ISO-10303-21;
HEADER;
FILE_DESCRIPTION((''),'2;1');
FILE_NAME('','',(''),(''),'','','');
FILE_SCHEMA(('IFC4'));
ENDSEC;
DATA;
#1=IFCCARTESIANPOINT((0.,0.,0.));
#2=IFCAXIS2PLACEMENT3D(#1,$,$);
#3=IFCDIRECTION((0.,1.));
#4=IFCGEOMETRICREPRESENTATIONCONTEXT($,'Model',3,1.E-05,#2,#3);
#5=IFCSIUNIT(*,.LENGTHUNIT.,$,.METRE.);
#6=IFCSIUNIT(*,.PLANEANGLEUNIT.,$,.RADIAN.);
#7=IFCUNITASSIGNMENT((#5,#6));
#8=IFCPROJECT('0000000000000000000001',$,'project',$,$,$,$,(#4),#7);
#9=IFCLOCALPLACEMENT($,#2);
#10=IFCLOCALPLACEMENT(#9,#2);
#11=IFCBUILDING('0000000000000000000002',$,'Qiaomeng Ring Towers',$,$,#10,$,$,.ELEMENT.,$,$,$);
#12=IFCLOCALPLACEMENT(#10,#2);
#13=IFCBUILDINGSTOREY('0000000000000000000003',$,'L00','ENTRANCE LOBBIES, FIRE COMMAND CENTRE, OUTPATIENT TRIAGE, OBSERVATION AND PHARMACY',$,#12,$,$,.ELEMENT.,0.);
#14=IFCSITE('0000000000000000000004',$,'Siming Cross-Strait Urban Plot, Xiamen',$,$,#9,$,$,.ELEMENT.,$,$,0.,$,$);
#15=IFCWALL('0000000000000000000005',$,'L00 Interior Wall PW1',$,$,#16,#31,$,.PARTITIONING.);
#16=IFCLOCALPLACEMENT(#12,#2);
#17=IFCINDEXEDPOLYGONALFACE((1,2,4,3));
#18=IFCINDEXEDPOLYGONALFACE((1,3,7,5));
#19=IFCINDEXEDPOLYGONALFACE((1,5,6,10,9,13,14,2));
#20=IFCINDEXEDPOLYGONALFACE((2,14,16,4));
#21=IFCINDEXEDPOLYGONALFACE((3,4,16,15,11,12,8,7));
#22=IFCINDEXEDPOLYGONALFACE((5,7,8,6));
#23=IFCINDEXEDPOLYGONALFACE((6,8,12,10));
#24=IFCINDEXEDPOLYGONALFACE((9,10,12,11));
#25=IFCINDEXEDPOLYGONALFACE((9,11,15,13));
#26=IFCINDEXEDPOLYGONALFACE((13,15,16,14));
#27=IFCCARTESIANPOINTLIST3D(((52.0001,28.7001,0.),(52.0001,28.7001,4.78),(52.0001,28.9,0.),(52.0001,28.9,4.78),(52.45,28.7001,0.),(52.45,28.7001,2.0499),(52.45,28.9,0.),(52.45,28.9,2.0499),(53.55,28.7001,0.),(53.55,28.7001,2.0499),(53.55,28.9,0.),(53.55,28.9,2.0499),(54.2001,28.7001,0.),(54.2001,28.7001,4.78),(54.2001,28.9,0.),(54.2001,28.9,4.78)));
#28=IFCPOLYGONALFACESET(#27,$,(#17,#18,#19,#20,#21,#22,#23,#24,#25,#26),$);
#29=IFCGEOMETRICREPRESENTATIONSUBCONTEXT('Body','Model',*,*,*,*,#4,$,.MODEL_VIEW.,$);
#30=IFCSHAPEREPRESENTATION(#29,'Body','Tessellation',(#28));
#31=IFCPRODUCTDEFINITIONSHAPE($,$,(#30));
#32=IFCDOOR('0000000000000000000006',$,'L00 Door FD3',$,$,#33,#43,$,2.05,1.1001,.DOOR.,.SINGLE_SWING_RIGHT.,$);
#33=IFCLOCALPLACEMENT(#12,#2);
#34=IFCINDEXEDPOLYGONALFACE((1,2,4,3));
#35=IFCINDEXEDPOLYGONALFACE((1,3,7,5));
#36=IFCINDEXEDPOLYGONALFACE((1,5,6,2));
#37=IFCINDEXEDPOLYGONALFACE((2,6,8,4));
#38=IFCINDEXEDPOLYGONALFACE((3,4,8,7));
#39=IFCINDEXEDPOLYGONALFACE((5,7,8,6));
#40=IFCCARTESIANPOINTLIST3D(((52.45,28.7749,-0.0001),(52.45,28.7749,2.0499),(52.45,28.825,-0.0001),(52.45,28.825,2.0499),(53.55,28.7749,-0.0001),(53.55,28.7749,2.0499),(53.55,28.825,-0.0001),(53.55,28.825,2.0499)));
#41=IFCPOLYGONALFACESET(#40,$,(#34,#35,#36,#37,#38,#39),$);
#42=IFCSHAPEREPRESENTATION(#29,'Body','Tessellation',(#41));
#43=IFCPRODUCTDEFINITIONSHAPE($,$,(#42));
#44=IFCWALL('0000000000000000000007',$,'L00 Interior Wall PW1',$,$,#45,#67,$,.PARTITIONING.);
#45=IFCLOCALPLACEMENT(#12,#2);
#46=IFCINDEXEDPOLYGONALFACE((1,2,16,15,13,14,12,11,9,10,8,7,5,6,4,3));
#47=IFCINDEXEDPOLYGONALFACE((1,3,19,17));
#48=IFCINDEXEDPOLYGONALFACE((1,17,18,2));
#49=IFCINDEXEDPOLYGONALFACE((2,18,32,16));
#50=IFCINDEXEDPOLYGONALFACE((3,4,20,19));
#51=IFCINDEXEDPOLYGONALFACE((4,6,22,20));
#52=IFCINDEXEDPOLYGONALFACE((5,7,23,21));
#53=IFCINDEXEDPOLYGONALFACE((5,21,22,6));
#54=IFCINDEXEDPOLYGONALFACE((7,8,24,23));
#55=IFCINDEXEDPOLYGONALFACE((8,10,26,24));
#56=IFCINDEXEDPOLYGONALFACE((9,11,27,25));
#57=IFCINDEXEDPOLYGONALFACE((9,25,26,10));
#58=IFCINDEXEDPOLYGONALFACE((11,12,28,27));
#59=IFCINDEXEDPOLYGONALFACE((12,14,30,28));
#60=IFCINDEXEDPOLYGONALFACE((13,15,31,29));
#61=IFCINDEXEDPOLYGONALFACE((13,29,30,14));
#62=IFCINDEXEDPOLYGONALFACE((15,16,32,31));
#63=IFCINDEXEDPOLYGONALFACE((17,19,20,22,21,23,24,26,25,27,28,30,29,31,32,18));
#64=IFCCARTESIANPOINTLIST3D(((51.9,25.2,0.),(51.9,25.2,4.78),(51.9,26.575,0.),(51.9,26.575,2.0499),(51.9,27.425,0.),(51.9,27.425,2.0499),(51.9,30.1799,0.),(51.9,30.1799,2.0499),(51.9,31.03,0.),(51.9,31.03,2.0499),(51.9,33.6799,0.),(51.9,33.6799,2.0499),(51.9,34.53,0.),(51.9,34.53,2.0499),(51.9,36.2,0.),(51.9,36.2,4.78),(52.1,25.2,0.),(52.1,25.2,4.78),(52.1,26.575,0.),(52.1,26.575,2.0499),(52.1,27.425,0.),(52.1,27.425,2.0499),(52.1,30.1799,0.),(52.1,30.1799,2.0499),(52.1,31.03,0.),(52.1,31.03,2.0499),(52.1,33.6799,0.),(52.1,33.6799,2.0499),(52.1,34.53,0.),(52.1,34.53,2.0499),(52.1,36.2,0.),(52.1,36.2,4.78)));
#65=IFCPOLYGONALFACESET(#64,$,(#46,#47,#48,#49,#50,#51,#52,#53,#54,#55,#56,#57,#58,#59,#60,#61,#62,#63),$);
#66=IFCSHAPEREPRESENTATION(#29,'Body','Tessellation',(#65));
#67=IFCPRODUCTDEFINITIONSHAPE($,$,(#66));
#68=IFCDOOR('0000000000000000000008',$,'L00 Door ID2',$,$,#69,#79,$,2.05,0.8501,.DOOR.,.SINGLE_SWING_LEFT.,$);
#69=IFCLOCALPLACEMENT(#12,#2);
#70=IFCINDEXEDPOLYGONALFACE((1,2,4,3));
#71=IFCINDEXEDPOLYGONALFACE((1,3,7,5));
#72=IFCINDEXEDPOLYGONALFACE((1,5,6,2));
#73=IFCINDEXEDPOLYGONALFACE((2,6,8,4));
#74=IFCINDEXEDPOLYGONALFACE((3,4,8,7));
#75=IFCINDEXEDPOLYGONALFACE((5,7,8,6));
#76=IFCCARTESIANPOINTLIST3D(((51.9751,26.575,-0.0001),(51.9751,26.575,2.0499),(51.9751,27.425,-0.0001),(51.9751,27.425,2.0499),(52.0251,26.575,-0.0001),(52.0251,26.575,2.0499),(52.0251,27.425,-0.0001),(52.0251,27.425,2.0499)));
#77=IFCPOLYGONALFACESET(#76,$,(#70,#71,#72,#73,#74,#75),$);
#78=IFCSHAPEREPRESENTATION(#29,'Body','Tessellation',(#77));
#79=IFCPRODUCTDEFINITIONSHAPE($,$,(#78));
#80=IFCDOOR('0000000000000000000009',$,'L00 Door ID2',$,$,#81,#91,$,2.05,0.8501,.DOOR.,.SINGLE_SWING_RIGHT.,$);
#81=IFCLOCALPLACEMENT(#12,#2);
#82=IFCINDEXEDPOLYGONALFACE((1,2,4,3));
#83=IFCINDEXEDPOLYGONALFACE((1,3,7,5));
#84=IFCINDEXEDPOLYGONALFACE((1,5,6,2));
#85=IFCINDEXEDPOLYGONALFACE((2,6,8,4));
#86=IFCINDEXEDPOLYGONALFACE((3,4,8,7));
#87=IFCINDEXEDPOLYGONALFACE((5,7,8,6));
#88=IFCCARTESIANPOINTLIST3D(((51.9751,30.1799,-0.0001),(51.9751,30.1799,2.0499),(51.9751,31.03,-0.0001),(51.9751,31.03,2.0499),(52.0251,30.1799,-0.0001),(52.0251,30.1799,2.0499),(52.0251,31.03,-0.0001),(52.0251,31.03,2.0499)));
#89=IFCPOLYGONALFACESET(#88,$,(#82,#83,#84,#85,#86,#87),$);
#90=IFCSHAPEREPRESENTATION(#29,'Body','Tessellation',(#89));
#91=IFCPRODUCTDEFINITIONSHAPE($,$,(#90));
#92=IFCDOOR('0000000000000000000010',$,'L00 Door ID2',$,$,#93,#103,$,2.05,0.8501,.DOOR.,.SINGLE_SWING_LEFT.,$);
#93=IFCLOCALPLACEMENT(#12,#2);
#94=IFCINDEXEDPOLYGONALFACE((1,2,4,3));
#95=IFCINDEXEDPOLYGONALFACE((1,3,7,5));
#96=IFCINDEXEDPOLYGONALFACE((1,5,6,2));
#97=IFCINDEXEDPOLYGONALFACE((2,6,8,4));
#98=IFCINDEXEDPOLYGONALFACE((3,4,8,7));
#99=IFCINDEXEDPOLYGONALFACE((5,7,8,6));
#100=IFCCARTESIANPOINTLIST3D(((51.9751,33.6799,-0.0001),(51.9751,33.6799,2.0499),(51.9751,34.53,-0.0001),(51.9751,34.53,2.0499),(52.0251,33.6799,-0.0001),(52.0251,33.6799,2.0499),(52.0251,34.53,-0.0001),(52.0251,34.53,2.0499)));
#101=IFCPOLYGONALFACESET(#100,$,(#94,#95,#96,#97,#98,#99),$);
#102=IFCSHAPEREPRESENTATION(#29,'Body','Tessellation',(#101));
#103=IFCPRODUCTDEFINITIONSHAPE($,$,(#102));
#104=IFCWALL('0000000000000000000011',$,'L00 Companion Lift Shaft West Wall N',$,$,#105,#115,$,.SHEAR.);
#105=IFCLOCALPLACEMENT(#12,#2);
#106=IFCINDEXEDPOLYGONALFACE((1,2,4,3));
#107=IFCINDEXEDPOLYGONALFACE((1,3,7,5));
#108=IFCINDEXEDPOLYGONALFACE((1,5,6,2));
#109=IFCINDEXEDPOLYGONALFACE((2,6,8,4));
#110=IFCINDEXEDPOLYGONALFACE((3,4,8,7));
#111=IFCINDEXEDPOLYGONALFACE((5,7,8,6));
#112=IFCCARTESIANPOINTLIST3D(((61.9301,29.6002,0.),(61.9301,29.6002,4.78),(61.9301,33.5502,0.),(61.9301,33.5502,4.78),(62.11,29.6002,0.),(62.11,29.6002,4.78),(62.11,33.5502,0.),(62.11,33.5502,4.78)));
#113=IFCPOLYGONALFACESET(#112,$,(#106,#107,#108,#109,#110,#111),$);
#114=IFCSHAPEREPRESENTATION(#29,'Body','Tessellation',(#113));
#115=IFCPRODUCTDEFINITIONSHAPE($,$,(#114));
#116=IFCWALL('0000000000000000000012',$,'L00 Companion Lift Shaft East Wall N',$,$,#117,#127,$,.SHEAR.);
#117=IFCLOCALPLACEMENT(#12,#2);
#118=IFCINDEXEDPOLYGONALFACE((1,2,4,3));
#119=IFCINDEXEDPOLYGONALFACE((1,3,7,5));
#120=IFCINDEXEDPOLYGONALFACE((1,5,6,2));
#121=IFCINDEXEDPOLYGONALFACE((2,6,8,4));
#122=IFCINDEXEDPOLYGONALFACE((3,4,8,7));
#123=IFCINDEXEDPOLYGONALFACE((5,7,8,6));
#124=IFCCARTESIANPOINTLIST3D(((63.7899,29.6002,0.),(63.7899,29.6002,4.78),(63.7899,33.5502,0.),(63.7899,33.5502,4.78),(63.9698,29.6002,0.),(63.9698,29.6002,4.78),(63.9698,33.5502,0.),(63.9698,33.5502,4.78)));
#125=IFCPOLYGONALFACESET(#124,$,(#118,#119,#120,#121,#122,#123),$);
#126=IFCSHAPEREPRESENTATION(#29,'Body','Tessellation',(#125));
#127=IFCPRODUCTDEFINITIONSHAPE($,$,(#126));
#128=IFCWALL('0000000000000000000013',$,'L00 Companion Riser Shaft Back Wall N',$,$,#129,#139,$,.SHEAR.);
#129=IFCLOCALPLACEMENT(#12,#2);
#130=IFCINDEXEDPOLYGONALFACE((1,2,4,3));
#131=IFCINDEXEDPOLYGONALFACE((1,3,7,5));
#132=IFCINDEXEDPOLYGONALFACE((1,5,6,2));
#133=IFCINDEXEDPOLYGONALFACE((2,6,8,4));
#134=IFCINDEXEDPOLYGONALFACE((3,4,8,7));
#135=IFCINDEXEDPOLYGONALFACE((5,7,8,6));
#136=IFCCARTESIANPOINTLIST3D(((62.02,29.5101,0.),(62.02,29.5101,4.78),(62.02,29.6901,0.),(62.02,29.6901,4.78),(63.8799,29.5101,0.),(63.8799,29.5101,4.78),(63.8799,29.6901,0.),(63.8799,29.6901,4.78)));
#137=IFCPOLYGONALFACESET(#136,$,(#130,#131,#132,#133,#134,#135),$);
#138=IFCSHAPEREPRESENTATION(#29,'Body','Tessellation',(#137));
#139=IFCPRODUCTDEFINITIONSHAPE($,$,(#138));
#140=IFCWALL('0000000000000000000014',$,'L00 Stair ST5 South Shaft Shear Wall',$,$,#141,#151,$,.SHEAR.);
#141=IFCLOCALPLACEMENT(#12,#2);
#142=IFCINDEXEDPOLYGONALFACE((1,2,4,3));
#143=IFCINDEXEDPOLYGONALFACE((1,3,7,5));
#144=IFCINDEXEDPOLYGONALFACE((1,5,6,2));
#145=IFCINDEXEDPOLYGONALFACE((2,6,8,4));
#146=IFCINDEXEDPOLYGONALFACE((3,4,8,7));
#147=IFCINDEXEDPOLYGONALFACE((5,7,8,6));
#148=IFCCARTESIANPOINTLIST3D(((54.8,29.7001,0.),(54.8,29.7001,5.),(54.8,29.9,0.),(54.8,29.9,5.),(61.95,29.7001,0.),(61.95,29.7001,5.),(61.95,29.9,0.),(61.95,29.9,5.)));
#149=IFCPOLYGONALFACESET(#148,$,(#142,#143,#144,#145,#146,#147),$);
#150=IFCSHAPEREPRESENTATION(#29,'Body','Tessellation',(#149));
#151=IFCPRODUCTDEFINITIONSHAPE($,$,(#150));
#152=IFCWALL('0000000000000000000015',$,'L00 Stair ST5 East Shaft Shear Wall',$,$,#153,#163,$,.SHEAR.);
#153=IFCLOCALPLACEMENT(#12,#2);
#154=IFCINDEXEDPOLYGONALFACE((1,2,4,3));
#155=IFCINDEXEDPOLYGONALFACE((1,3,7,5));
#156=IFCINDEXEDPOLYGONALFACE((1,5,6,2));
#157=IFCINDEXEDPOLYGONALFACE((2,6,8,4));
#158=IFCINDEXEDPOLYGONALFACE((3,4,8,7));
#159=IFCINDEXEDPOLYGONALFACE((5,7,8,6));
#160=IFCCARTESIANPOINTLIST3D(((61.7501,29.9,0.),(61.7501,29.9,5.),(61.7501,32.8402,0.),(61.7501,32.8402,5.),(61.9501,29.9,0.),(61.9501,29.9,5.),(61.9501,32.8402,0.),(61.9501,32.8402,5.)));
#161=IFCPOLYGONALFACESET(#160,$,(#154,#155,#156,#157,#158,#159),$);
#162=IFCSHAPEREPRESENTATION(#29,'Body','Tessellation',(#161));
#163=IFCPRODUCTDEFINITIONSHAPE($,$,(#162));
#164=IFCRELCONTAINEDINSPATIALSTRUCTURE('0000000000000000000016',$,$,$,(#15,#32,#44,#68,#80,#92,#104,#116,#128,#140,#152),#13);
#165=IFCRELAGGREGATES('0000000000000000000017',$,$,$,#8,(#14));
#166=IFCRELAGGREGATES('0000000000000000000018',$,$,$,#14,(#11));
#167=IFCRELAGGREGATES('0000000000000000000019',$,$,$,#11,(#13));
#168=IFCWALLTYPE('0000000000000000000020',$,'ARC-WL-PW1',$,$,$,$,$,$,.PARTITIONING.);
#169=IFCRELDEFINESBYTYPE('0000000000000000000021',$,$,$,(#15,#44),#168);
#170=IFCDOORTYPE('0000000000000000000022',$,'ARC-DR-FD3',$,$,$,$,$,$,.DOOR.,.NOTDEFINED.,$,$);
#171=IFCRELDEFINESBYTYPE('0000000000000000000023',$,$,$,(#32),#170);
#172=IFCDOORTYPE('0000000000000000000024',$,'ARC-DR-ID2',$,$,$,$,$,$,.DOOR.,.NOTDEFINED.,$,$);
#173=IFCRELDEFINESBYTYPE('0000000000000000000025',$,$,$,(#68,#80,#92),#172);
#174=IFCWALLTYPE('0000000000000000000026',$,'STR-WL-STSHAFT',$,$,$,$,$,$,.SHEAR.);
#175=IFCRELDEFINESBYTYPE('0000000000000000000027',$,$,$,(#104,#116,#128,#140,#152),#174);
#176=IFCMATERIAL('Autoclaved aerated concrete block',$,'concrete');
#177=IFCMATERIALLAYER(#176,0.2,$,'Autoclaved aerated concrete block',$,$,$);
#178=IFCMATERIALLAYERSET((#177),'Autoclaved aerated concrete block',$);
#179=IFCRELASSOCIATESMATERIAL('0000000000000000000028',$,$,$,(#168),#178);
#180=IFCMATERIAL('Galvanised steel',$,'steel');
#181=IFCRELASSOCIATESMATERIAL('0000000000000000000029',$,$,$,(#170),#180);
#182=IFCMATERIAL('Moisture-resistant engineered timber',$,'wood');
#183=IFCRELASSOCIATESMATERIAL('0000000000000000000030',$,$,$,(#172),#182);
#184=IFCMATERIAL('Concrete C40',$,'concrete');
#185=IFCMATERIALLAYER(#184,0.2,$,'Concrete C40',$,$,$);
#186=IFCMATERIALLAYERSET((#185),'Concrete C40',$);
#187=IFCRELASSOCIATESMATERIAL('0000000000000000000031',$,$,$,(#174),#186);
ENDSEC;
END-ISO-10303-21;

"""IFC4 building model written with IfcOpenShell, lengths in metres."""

from ifc_helpers import new_model, si_unit, direction, frame, frame_2d, origin, place, context, subcontext, project, spatial, rectangle, extrude, source, transform, mapped, material, layer, layer_set, type_object, element, fill, save


model = new_model("IFC4")

# Units and contexts
model_context = context("Model", 3, precision=1e-05, world=origin(), true_north=direction((0.0, 1.0)))
body_context = subcontext(model_context, "Body", "Model", "MODEL_VIEW")
ifc_project = project(units=[si_unit("LENGTHUNIT", "METRE"), si_unit("PLANEANGLEUNIT", "RADIAN")], contexts=[model_context])

# Site, building, storey
site_placement = place(None, origin())
site = spatial("IfcSite", under=ifc_project, at=site_placement, Name="Siming Cross-Strait Urban Plot, Xiamen", CompositionType="ELEMENT", RefElevation=0.0)
building_placement = place(site_placement, origin())
building = spatial("IfcBuilding", under=site, at=building_placement, Name="Qiaomeng Ring Towers", CompositionType="ELEMENT")
storey_placement = place(building_placement, origin())
storey = spatial("IfcBuildingStorey", under=building, at=storey_placement, Name="L00", Description="ENTRANCE LOBBIES, FIRE COMMAND CENTRE, OUTPATIENT TRIAGE, OBSERVATION AND PHARMACY", CompositionType="ELEMENT", Elevation=0.0)

# Wall, opening, door
ifc_material_1 = material(Name="Autoclaved aerated concrete block", Category="concrete")
ifc_layer_1 = layer(ifc_material_1, 0.2, Name="Autoclaved aerated concrete block")
ifc_layer_set_1 = layer_set([ifc_layer_1], Name="Autoclaved aerated concrete block")
wall_type_1 = type_object("IfcWallType", Name="ARC-WL-PW1", PredefinedType="PARTITIONING", material=ifc_layer_set_1)
wall_1_placement = place(storey_placement, frame((52.0, 28.8, 0.0), z_axis=(0.0, 0.0, 1.0), x_axis=(1.0, 0.0, 0.0)))
wall_1 = element("IfcWall", 1, at=wall_1_placement, inside=storey, type_object=wall_type_1, Name="L00 Interior Wall PW1", PredefinedType="PARTITIONING", context=body_context, shape_type="SweptSolid", body=[
    extrude(rectangle(XDim=2.2, YDim=0.2, at=frame_2d((1.1001, 0.0))), origin(), (0.0, 0.0, 1.0), 4.78),
])
opening_1_placement = place(wall_1_placement, frame((0.45, 0.0, 0.0)))
opening_1 = element("IfcOpeningElement", 2, at=opening_1_placement, cuts=wall_1, PredefinedType="OPENING", context=body_context, shape_type="SweptSolid", body=[
    extrude(rectangle(XDim=1.1001, YDim=2.05, at=frame_2d((0.55, 1.0249))), frame((0.0, 0.1099, 0.0), z_axis=(0.0, -1.0, 0.0), x_axis=(1.0, 0.0, 0.0)), (0.0, 0.0, 1.0), 0.22),
])
ifc_material_2 = material(Name="Galvanised steel", Category="steel")
door_type_1 = type_object("IfcDoorType", Name="ARC-DR-FD3", OperationType="NOTDEFINED", PredefinedType="DOOR", material=ifc_material_2)
shared_shape_1 = source(origin(), body_context, "Body", "SweptSolid", [
    extrude(rectangle(XDim=1.1001, YDim=2.05, at=frame_2d((0.55, 1.0249))), frame((0.0, 0.0249, 0.0), z_axis=(0.0, -1.0, 0.0), x_axis=(1.0, 0.0, 0.0)), (0.0, 0.0, 1.0), 0.05),
])
door_1_placement = place(opening_1_placement, origin())
door_1 = element("IfcDoor", 3, at=door_1_placement, inside=storey, type_object=door_type_1, Name="L00 Door FD3", OperationType="SINGLE_SWING_RIGHT", OverallHeight=2.05, OverallWidth=1.1001, PredefinedType="DOOR", context=body_context, shape_type="MappedRepresentation", body=[
    mapped(shared_shape_1, transform((0.0, 0.0, 0.0), x_axis=(1.0, 0.0, 0.0), y_axis=(0.0, 1.0, 0.0), z_axis=(0.0, 0.0, 1.0), scale=1.0)),
])
fill(opening_1, door_1)

# Wall, openings, doors
wall_2_placement = place(storey_placement, frame((52.0, 25.2, 0.0), z_axis=(0.0, 0.0, 1.0), x_axis=(0.0, 1.0, 0.0)))
wall_2 = element("IfcWall", 4, at=wall_2_placement, inside=storey, type_object=wall_type_1, Name="L00 Interior Wall PW1", PredefinedType="PARTITIONING", context=body_context, shape_type="SweptSolid", body=[
    extrude(rectangle(XDim=11.0, YDim=0.2, at=frame_2d((5.5, 0.0))), origin(), (0.0, 0.0, 1.0), 4.78),
])
opening_2_placement = place(wall_2_placement, frame((1.375, 0.0, 0.0)))
opening_2 = element("IfcOpeningElement", 5, at=opening_2_placement, cuts=wall_2, PredefinedType="OPENING", context=body_context, shape_type="SweptSolid", body=[
    extrude(rectangle(XDim=0.8501, YDim=2.05, at=frame_2d((0.425, 1.0249))), frame((0.0, 0.1099, 0.0), z_axis=(0.0, -1.0, 0.0), x_axis=(1.0, 0.0, 0.0)), (0.0, 0.0, 1.0), 0.22),
])
opening_3_placement = place(wall_2_placement, frame((4.98, 0.0, 0.0)))
opening_3 = element("IfcOpeningElement", 6, at=opening_3_placement, cuts=wall_2, PredefinedType="OPENING", context=body_context, shape_type="SweptSolid", body=[
    extrude(rectangle(XDim=0.8501, YDim=2.05, at=frame_2d((0.425, 1.0249))), frame((0.0, 0.1099, 0.0), z_axis=(0.0, -1.0, 0.0), x_axis=(1.0, 0.0, 0.0)), (0.0, 0.0, 1.0), 0.22),
])
opening_4_placement = place(wall_2_placement, frame((8.48, 0.0, 0.0)))
opening_4 = element("IfcOpeningElement", 7, at=opening_4_placement, cuts=wall_2, PredefinedType="OPENING", context=body_context, shape_type="SweptSolid", body=[
    extrude(rectangle(XDim=0.8501, YDim=2.05, at=frame_2d((0.425, 1.0249))), frame((0.0, 0.1099, 0.0), z_axis=(0.0, -1.0, 0.0), x_axis=(1.0, 0.0, 0.0)), (0.0, 0.0, 1.0), 0.22),
])
ifc_material_3 = material(Name="Moisture-resistant engineered timber", Category="wood")
door_type_2 = type_object("IfcDoorType", Name="ARC-DR-ID2", OperationType="NOTDEFINED", PredefinedType="DOOR", material=ifc_material_3)
shared_shape_2 = source(origin(), body_context, "Body", "SweptSolid", [
    extrude(rectangle(XDim=0.8501, YDim=2.05, at=frame_2d((0.425, 1.0249))), frame((0.0, 0.0249, 0.0), z_axis=(0.0, -1.0, 0.0), x_axis=(1.0, 0.0, 0.0)), (0.0, 0.0, 1.0), 0.05),
])
door_2_placement = place(opening_2_placement, origin())
door_2 = element("IfcDoor", 8, at=door_2_placement, inside=storey, type_object=door_type_2, Name="L00 Door ID2", OperationType="SINGLE_SWING_LEFT", OverallHeight=2.05, OverallWidth=0.8501, PredefinedType="DOOR", context=body_context, shape_type="MappedRepresentation", body=[
    mapped(shared_shape_2, transform((0.0, 0.0, 0.0), x_axis=(1.0, 0.0, 0.0), y_axis=(0.0, 1.0, 0.0), z_axis=(0.0, 0.0, 1.0), scale=1.0)),
])
fill(opening_2, door_2)
door_3_placement = place(opening_3_placement, origin())
door_3 = element("IfcDoor", 9, at=door_3_placement, inside=storey, type_object=door_type_2, Name="L00 Door ID2", OperationType="SINGLE_SWING_RIGHT", OverallHeight=2.05, OverallWidth=0.8501, PredefinedType="DOOR", context=body_context, shape_type="MappedRepresentation", body=[
    mapped(shared_shape_2, transform((0.0, 0.0, 0.0), x_axis=(1.0, 0.0, 0.0), y_axis=(0.0, 1.0, 0.0), z_axis=(0.0, 0.0, 1.0), scale=1.0)),
])
fill(opening_3, door_3)
door_4_placement = place(opening_4_placement, origin())
door_4 = element("IfcDoor", 10, at=door_4_placement, inside=storey, type_object=door_type_2, Name="L00 Door ID2", OperationType="SINGLE_SWING_LEFT", OverallHeight=2.05, OverallWidth=0.8501, PredefinedType="DOOR", context=body_context, shape_type="MappedRepresentation", body=[
    mapped(shared_shape_2, transform((0.0, 0.0, 0.0), x_axis=(1.0, 0.0, 0.0), y_axis=(0.0, 1.0, 0.0), z_axis=(0.0, 0.0, 1.0), scale=1.0)),
])
fill(opening_4, door_4)

# Walls
ifc_material_4 = material(Name="Concrete C40", Category="concrete")
ifc_layer_2 = layer(ifc_material_4, 0.2, Name="Concrete C40")
ifc_layer_set_2 = layer_set([ifc_layer_2], Name="Concrete C40")
wall_type_2 = type_object("IfcWallType", Name="STR-WL-STSHAFT", PredefinedType="SHEAR", material=ifc_layer_set_2)
for number, where, z_axis, x_axis, name in (
    (11, (62.02, 29.6001, 0.0), (0.0, 0.0, 1.0), (0.0, 1.0, 0.0), "L00 Companion Lift Shaft West Wall N"),
    (12, (63.8799, 29.6001, 0.0), (0.0, 0.0, 1.0), (0.0, 1.0, 0.0), "L00 Companion Lift Shaft East Wall N"),
):
    element("IfcWall", number, at=place(storey_placement, frame(where, z_axis=z_axis, x_axis=x_axis)), inside=storey, type_object=wall_type_2, Name=name, PredefinedType="SHEAR", context=body_context, shape_type="SweptSolid", body=[
        extrude(rectangle(XDim=3.95, YDim=0.1799, at=frame_2d((1.9751, 0.0))), origin(), (0.0, 0.0, 1.0), 4.78),
    ])
wall_3_placement = place(storey_placement, frame((62.02, 29.6001, 0.0), z_axis=(0.0, 0.0, 1.0), x_axis=(1.0, 0.0, 0.0)))
element("IfcWall", 13, at=wall_3_placement, inside=storey, type_object=wall_type_2, Name="L00 Companion Riser Shaft Back Wall N", PredefinedType="SHEAR", context=body_context, shape_type="SweptSolid", body=[
    extrude(rectangle(XDim=1.8599, YDim=0.1799, at=frame_2d((0.9299, 0.0))), origin(), (0.0, 0.0, 1.0), 4.78),
])
wall_4_placement = place(storey_placement, frame((54.8, 29.8, 0.0), z_axis=(0.0, 0.0, 1.0), x_axis=(1.0, 0.0, 0.0)))
element("IfcWall", 14, at=wall_4_placement, inside=storey, type_object=wall_type_2, Name="L00 Stair ST5 South Shaft Shear Wall", PredefinedType="SHEAR", context=body_context, shape_type="SweptSolid", body=[
    extrude(rectangle(XDim=7.1499, YDim=0.2, at=frame_2d((3.575, 0.0))), origin(), (0.0, 0.0, 1.0), 5.0),
])
wall_5_placement = place(storey_placement, frame((61.8501, 29.8999, 0.0), z_axis=(0.0, 0.0, 1.0), x_axis=(0.0, 1.0, 0.0)))
element("IfcWall", 15, at=wall_5_placement, inside=storey, type_object=wall_type_2, Name="L00 Stair ST5 East Shaft Shear Wall", PredefinedType="SHEAR", context=body_context, shape_type="SweptSolid", body=[
    extrude(rectangle(XDim=2.9402, YDim=0.2, at=frame_2d((1.4702, 0.0))), origin(), (0.0, 0.0, 1.0), 5.0),
])

save(model, "model.ifc")
